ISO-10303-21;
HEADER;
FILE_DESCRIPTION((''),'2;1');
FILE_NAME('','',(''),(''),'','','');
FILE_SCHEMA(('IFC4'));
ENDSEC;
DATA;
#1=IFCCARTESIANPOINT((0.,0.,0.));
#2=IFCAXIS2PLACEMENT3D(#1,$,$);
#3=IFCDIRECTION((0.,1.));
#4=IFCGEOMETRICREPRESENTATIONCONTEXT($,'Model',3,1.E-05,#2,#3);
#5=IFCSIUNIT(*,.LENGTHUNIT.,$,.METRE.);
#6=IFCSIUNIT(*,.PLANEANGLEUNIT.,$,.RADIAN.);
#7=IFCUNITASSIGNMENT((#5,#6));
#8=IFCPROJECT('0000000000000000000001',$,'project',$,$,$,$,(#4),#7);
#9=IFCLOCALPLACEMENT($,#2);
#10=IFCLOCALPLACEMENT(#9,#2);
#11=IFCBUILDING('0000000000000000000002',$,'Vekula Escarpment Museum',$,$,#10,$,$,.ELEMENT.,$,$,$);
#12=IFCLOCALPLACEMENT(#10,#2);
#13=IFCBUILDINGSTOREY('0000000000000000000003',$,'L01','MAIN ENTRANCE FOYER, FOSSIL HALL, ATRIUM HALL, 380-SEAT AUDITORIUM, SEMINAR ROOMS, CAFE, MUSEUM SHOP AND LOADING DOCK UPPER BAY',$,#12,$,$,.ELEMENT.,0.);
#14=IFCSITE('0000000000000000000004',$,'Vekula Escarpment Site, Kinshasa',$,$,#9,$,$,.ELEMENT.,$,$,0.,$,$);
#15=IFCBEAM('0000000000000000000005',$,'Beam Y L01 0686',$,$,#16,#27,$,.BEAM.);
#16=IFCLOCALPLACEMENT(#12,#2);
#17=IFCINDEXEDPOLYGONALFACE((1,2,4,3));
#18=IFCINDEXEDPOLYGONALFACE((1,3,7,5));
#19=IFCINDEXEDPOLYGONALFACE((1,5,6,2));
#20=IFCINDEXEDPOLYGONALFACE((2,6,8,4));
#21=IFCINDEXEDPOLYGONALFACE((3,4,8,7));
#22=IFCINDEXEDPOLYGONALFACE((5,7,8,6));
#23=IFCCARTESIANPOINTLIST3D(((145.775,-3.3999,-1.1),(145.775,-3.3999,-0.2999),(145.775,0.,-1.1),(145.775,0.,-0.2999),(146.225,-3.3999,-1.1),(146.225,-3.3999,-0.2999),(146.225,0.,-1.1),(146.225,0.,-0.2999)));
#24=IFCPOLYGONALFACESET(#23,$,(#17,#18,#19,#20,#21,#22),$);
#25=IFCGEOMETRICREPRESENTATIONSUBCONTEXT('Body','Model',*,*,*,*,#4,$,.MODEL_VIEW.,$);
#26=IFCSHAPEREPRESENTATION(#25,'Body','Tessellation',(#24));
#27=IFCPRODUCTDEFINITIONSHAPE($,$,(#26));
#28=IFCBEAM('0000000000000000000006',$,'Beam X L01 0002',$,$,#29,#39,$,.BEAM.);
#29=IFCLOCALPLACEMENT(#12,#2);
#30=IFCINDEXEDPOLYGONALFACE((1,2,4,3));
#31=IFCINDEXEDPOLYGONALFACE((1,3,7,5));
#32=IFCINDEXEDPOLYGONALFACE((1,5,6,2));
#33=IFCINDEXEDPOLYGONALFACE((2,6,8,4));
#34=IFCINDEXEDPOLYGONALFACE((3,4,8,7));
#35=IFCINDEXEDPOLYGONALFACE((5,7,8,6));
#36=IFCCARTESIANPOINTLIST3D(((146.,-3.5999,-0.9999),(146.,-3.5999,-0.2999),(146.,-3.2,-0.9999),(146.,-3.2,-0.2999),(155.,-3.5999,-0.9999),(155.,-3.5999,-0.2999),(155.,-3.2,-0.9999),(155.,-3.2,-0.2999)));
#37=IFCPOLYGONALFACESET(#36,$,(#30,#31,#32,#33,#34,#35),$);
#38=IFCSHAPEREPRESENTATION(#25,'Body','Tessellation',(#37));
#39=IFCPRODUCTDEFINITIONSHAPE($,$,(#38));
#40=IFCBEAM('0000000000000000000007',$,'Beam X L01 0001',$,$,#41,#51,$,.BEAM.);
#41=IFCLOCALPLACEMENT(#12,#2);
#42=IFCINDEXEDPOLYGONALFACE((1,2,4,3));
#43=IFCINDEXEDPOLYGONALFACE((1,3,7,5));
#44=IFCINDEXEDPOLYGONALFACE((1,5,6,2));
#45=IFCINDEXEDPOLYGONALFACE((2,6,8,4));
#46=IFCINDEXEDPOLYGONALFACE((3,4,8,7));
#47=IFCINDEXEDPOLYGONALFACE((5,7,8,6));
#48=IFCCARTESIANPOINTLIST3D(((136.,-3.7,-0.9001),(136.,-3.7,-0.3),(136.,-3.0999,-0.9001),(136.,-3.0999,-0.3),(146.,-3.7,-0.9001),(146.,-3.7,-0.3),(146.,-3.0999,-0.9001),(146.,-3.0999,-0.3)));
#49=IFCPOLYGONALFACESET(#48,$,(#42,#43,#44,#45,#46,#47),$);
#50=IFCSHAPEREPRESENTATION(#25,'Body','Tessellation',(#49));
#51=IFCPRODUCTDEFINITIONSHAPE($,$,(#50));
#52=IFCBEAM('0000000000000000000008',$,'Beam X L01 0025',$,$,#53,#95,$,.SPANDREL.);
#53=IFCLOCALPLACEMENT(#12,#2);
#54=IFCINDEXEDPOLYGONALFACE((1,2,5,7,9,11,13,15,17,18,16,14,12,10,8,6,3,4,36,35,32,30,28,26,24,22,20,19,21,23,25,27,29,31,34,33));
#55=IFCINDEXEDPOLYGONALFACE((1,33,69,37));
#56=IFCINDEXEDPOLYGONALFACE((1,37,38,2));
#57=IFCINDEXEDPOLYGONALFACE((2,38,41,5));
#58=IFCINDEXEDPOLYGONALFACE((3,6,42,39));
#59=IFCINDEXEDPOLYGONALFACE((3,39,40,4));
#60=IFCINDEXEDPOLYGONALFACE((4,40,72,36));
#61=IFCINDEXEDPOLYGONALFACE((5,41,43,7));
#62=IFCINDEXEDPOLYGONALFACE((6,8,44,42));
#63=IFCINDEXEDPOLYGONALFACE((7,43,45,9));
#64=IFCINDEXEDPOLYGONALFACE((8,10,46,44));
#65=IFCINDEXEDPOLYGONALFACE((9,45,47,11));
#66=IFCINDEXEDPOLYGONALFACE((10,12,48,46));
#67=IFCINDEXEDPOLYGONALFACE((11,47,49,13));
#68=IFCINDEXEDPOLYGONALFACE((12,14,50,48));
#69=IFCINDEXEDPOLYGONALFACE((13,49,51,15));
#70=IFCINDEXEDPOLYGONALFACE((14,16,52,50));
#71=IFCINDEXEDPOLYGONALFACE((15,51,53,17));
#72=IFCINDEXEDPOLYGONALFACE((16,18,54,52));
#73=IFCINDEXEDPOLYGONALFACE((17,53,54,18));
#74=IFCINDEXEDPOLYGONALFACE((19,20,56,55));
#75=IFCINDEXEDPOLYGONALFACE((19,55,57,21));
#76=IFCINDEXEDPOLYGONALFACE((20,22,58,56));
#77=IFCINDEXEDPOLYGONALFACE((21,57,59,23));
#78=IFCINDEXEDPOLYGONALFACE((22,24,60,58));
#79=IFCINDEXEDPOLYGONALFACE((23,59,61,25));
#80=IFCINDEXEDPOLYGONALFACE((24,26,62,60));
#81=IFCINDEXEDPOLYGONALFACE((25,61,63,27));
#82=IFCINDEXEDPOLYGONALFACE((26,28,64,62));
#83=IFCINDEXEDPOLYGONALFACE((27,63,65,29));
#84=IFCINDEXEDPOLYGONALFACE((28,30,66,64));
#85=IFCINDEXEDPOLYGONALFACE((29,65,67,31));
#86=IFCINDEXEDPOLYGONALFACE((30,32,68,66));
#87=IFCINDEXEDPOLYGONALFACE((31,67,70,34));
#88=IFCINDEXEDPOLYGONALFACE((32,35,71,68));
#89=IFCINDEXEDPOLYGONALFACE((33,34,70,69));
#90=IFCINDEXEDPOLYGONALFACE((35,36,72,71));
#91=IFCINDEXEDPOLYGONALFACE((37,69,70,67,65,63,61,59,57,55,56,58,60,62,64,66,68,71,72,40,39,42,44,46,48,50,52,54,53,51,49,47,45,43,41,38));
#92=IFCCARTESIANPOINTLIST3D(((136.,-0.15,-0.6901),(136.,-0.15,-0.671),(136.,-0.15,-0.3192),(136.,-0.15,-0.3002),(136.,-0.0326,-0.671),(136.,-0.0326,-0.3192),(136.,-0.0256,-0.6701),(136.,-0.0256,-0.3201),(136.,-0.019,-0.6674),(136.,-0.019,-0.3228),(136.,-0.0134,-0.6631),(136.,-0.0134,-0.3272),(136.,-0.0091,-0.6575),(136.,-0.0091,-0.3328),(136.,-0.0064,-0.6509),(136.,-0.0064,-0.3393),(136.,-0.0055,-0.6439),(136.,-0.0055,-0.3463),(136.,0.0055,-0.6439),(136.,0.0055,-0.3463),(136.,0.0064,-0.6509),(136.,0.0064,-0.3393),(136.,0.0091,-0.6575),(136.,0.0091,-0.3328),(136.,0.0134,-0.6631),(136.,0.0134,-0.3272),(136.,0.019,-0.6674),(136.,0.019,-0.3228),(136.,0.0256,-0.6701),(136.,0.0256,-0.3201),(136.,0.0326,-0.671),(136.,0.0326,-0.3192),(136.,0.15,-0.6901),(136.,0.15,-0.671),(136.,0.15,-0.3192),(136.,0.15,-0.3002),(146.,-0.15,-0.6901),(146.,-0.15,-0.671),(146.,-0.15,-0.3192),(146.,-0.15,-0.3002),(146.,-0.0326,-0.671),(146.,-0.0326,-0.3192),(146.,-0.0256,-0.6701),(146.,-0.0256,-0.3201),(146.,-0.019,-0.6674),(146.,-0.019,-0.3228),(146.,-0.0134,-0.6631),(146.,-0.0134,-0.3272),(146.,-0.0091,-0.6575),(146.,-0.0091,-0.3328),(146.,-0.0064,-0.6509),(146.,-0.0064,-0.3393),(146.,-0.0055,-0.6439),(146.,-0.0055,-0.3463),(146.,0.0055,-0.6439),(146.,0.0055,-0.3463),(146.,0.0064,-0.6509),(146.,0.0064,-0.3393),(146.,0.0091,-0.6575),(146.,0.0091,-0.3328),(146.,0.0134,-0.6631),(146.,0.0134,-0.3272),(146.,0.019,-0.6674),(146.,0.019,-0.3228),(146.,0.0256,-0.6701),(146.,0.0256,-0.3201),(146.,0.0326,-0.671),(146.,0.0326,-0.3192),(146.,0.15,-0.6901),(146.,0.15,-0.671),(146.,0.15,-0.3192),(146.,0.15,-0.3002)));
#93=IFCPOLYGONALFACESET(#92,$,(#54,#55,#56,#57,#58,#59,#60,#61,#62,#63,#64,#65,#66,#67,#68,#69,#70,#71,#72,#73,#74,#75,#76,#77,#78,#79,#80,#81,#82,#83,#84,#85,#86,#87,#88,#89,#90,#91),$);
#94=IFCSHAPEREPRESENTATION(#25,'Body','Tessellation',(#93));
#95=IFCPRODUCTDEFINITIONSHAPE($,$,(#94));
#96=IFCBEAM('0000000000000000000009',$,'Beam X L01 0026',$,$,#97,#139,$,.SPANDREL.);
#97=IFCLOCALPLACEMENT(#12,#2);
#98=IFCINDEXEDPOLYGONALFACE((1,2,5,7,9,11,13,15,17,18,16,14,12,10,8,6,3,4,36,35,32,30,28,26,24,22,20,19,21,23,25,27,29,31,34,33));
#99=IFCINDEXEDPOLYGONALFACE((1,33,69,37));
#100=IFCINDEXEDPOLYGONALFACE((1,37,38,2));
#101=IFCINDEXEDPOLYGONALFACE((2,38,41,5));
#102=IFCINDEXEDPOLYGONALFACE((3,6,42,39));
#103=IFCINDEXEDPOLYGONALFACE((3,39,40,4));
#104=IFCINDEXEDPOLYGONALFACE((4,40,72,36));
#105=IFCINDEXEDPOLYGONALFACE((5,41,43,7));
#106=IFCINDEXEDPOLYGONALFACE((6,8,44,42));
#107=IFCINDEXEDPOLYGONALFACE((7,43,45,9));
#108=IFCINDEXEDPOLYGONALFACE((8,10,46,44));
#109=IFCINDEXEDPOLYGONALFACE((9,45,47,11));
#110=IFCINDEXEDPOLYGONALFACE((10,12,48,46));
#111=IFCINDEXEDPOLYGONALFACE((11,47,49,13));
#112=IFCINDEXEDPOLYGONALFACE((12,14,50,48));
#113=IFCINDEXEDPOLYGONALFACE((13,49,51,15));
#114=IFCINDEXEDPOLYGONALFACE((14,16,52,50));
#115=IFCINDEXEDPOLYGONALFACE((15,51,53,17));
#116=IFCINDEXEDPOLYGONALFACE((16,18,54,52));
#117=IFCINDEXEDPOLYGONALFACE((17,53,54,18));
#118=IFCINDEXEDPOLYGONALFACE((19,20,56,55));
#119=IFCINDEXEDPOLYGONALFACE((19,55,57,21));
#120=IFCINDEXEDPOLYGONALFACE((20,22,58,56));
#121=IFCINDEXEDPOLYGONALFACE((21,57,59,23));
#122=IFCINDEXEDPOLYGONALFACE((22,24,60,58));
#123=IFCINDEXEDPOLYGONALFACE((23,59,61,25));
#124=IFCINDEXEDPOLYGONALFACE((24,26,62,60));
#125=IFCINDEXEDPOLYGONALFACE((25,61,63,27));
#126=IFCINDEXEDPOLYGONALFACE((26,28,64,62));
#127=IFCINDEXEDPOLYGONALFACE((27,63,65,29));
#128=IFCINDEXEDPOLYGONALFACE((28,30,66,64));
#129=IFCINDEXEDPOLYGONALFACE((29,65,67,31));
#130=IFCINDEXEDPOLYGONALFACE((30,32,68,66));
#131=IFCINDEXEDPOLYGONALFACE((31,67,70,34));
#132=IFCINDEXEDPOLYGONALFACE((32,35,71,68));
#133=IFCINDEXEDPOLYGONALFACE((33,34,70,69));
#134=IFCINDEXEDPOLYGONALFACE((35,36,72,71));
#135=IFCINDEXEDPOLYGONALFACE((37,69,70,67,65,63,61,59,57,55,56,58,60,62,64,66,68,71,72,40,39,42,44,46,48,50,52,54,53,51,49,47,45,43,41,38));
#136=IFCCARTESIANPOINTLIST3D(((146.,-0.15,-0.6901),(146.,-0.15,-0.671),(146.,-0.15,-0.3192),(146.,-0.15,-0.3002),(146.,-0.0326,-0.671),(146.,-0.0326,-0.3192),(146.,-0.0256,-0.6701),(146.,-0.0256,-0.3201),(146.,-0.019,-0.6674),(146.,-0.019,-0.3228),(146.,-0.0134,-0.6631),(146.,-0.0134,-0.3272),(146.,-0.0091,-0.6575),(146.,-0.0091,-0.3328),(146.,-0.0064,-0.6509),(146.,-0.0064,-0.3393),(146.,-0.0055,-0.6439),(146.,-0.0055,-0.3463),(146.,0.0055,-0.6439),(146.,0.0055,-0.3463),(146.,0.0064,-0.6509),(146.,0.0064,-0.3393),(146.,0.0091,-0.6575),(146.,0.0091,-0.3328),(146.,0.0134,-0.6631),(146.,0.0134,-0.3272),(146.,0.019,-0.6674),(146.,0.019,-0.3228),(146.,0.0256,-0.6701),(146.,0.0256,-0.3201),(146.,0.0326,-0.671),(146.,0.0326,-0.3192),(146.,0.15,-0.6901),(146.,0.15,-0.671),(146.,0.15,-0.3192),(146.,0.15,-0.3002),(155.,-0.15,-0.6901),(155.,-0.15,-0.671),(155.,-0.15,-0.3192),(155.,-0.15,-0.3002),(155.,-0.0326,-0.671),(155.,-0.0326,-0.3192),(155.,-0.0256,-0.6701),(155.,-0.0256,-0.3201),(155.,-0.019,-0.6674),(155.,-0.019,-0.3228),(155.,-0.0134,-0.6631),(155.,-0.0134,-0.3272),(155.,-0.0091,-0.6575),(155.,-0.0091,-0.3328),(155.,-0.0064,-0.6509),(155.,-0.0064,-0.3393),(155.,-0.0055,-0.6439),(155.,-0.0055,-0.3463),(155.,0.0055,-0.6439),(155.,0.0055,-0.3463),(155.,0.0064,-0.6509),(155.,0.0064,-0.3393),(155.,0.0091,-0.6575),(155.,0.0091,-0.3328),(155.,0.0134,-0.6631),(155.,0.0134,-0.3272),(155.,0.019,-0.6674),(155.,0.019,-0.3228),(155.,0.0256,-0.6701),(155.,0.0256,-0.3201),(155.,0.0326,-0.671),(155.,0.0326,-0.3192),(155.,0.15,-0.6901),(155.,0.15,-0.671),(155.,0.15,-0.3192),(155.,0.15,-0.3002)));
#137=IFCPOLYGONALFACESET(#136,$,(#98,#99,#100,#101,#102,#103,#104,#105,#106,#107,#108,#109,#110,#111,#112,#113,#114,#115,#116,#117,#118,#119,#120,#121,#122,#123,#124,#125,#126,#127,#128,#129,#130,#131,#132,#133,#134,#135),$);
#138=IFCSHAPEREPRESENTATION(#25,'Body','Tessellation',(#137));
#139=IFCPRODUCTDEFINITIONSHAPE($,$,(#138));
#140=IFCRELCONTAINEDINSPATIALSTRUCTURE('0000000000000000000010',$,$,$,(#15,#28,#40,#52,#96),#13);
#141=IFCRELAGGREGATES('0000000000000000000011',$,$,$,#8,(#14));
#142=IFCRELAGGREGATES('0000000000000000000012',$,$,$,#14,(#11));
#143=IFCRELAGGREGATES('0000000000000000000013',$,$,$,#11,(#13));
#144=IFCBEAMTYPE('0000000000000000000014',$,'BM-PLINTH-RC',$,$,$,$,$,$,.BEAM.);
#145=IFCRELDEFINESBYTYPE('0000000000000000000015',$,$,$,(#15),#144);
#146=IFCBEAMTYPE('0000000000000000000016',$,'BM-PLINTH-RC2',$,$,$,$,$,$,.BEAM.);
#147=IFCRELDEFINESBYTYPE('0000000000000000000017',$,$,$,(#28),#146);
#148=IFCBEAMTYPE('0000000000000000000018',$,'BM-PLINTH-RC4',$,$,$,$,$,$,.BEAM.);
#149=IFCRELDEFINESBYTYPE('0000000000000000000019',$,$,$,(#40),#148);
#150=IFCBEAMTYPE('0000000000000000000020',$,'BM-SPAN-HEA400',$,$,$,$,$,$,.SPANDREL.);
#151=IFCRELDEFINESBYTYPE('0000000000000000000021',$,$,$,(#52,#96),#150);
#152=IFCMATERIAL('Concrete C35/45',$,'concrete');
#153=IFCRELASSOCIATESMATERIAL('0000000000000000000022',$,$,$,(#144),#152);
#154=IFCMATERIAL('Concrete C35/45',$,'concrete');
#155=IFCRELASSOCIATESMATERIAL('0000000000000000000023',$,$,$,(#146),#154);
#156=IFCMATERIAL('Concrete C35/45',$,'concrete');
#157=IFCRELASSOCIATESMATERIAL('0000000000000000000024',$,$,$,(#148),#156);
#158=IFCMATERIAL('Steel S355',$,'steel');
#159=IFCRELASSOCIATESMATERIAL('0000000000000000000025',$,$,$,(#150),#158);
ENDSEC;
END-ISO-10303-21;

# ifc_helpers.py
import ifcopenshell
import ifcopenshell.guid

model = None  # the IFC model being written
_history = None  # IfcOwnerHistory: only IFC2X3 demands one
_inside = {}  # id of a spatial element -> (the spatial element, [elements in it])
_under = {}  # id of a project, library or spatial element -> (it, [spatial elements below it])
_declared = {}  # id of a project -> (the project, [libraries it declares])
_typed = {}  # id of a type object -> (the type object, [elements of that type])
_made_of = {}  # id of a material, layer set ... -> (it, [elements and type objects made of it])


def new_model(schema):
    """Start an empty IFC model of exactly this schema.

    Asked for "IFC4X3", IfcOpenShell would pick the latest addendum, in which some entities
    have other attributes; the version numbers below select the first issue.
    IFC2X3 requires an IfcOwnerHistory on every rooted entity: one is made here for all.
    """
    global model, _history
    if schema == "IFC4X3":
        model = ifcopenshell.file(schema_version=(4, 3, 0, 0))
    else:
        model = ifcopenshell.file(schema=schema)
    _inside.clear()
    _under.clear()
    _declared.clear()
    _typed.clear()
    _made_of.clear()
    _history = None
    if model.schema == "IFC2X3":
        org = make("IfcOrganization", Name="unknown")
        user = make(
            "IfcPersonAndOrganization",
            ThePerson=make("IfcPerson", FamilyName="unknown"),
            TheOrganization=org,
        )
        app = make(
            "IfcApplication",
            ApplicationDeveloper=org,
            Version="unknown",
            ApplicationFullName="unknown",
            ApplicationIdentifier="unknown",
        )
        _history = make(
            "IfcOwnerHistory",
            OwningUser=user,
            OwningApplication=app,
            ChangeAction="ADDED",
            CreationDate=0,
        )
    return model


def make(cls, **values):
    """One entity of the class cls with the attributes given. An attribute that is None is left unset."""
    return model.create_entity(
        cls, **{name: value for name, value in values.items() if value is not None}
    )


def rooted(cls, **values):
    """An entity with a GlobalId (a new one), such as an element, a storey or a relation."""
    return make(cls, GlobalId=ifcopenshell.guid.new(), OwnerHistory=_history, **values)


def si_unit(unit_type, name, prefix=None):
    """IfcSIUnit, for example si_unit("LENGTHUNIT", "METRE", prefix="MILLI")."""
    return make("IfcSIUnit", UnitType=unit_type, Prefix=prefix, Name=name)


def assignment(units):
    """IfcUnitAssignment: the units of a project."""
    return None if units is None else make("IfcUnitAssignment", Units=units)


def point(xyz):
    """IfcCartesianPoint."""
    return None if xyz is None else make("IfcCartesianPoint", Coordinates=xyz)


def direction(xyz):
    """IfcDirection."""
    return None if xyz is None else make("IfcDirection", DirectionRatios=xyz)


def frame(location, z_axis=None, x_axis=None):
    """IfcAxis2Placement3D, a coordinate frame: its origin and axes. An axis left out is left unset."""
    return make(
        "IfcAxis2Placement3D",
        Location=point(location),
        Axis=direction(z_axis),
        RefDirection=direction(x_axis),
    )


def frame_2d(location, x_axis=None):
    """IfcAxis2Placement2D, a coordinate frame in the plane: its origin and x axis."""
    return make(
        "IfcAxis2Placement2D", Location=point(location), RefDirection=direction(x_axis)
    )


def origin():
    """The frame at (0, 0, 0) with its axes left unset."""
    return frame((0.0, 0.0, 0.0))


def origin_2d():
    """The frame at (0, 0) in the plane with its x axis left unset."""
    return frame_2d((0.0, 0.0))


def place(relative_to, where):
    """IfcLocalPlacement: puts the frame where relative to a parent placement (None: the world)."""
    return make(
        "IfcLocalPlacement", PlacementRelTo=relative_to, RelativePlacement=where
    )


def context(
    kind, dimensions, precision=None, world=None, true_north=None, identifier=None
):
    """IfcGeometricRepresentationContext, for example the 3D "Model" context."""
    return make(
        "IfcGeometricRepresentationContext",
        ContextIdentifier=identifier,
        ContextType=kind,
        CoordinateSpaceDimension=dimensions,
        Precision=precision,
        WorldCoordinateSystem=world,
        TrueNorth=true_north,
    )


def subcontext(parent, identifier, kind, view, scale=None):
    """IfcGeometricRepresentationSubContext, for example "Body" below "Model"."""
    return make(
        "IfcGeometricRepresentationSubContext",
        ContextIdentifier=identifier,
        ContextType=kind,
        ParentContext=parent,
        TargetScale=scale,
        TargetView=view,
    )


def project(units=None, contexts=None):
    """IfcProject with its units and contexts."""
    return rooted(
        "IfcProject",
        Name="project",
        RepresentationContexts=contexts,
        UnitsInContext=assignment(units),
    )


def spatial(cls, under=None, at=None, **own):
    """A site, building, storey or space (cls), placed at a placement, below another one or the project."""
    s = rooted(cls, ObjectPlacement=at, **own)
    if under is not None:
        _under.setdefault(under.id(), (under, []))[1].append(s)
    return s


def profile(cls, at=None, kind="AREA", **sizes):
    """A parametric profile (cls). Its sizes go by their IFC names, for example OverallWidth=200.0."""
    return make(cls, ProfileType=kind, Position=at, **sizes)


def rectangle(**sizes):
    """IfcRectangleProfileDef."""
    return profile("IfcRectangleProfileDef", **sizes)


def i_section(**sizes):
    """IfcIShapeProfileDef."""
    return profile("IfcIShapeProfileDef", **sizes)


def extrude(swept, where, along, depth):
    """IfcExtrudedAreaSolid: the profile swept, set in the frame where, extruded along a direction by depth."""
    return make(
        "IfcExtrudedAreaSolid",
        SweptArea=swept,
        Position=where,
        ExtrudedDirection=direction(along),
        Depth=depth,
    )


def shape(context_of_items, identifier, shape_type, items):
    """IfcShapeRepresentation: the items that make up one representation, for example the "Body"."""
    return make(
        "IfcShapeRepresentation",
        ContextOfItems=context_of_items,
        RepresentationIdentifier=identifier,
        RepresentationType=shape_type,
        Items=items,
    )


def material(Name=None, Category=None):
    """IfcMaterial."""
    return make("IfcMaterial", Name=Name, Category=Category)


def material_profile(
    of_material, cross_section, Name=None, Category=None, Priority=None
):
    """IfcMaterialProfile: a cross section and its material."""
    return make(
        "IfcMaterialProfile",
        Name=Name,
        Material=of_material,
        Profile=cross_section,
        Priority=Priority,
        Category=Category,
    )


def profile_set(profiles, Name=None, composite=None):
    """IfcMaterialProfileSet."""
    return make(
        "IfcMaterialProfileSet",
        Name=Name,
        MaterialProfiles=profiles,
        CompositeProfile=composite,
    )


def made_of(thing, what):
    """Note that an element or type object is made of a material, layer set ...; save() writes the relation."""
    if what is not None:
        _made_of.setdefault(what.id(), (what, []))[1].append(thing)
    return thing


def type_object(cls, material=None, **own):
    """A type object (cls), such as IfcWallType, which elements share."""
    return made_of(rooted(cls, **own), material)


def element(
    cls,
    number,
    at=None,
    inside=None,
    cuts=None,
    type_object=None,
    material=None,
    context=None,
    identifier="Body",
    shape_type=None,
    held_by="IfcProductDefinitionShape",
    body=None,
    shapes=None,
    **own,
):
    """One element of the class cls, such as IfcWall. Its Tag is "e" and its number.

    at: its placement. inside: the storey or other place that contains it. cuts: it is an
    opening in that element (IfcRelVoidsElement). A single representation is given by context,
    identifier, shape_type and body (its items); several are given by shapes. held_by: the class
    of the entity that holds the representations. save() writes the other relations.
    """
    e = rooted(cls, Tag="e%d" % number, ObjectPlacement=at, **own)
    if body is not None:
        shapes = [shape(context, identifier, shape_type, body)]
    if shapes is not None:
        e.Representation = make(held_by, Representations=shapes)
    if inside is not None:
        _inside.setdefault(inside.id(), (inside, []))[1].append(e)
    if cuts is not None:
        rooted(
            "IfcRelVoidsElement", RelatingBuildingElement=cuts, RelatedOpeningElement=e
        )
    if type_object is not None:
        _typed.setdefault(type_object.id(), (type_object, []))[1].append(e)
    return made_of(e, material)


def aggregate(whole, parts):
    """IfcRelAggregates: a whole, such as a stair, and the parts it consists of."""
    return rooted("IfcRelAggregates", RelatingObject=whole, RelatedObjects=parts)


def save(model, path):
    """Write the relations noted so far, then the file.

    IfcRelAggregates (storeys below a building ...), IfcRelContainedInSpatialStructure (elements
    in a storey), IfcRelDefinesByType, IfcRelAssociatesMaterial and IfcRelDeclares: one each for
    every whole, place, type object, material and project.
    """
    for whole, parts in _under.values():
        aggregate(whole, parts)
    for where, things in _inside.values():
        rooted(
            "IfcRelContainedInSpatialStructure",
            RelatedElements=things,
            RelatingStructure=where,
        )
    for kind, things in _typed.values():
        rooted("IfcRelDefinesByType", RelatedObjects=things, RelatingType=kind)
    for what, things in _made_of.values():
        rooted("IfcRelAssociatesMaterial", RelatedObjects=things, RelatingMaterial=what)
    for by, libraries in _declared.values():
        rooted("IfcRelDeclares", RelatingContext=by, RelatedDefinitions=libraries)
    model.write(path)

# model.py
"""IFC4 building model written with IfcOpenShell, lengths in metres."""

from ifc_helpers import new_model, si_unit, direction, frame, origin, origin_2d, place, context, subcontext, project, spatial, rectangle, i_section, extrude, material, material_profile, profile_set, type_object, element, save


model = new_model("IFC4")

# Units and contexts
model_context = context("Model", 3, precision=1e-05, world=origin(), true_north=direction((0.0, 1.0)))
body_context = subcontext(model_context, "Body", "Model", "MODEL_VIEW")
ifc_project = project(units=[si_unit("LENGTHUNIT", "METRE"), si_unit("PLANEANGLEUNIT", "RADIAN")], contexts=[model_context])

# Site, building, storey
site_placement = place(None, origin())
site = spatial("IfcSite", under=ifc_project, at=site_placement, Name="Vekula Escarpment Site, Kinshasa", CompositionType="ELEMENT", RefElevation=0.0)
building_placement = place(site_placement, origin())
building = spatial("IfcBuilding", under=site, at=building_placement, Name="Vekula Escarpment Museum", CompositionType="ELEMENT")
storey_placement = place(building_placement, origin())
storey = spatial("IfcBuildingStorey", under=building, at=storey_placement, Name="L01", Description="MAIN ENTRANCE FOYER, FOSSIL HALL, ATRIUM HALL, 380-SEAT AUDITORIUM, SEMINAR ROOMS, CAFE, MUSEUM SHOP AND LOADING DOCK UPPER BAY", CompositionType="ELEMENT", Elevation=0.0)

# Beams
ifc_material_1 = material(Name="Concrete C35/45", Category="concrete")
ifc_material_profile_1 = material_profile(ifc_material_1, rectangle(XDim=0.45, YDim=0.8, at=origin_2d()), Name="RC 450x800")
ifc_profile_set_1 = profile_set([ifc_material_profile_1], Name="Concrete C35/45")
beam_type_1 = type_object("IfcBeamType", Name="BM-PLINTH-RC", PredefinedType="BEAM", material=ifc_profile_set_1)
for number, where, z_axis, x_axis, name in (
    (1, (146.0, -3.3999, -0.7), (0.0, 1.0, 0.0), (-1.0, 0.0, 0.0), "Beam Y L01 0686"),
):
    element("IfcBeam", number, at=place(storey_placement, frame(where, z_axis=z_axis, x_axis=x_axis)), inside=storey, type_object=beam_type_1, Name=name, PredefinedType="BEAM", context=body_context, shape_type="SweptSolid", body=[
        extrude(rectangle(XDim=0.45, YDim=0.8, at=origin_2d()), origin(), (0.0, 0.0, 1.0), 3.3999),
    ])
ifc_material_2 = material(Name="Concrete C35/45", Category="concrete")
ifc_material_profile_2 = material_profile(ifc_material_2, rectangle(XDim=0.3999, YDim=0.7, at=origin_2d()), Name="RC 400x700")
ifc_profile_set_2 = profile_set([ifc_material_profile_2], Name="Concrete C35/45")
beam_type_2 = type_object("IfcBeamType", Name="BM-PLINTH-RC2", PredefinedType="BEAM", material=ifc_profile_set_2)
beam_1_placement = place(storey_placement, frame((146.0, -3.3999, -0.6499), z_axis=(1.0, 0.0, 0.0), x_axis=(0.0, 1.0, 0.0)))
element("IfcBeam", 2, at=beam_1_placement, inside=storey, type_object=beam_type_2, Name="Beam X L01 0002", PredefinedType="BEAM", context=body_context, shape_type="SweptSolid", body=[
    extrude(rectangle(XDim=0.3999, YDim=0.7, at=origin_2d()), origin(), (0.0, 0.0, 1.0), 9.0),
])
ifc_material_3 = material(Name="Concrete C35/45", Category="concrete")
ifc_material_profile_3 = material_profile(ifc_material_3, rectangle(XDim=0.6001, YDim=0.6001, at=origin_2d()), Name="RC 600x600")
ifc_profile_set_3 = profile_set([ifc_material_profile_3], Name="Concrete C35/45")
beam_type_3 = type_object("IfcBeamType", Name="BM-PLINTH-RC4", PredefinedType="BEAM", material=ifc_profile_set_3)
beam_2_placement = place(storey_placement, frame((136.0, -3.3999, -0.6001), z_axis=(1.0, 0.0, 0.0), x_axis=(0.0, 1.0, 0.0)))
element("IfcBeam", 3, at=beam_2_placement, inside=storey, type_object=beam_type_3, Name="Beam X L01 0001", PredefinedType="BEAM", context=body_context, shape_type="SweptSolid", body=[
    extrude(rectangle(XDim=0.6001, YDim=0.6001, at=origin_2d()), origin(), (0.0, 0.0, 1.0), 10.0),
])
ifc_material_4 = material(Name="Steel S355", Category="steel")
ifc_material_profile_4 = material_profile(ifc_material_4, i_section(OverallWidth=0.3, OverallDepth=0.3899, WebThickness=0.011, FlangeThickness=0.019, FilletRadius=0.0271, at=origin_2d()), Name="HEA 400")
ifc_profile_set_4 = profile_set([ifc_material_profile_4], Name="Steel S355")
beam_type_4 = type_object("IfcBeamType", Name="BM-SPAN-HEA400", PredefinedType="SPANDREL", material=ifc_profile_set_4)
beam_3_placement = place(storey_placement, frame((136.0, 0.0, -0.4951), z_axis=(1.0, 0.0, 0.0), x_axis=(0.0, 1.0, 0.0)))
element("IfcBeam", 4, at=beam_3_placement, inside=storey, type_object=beam_type_4, Name="Beam X L01 0025", PredefinedType="SPANDREL", context=body_context, shape_type="SweptSolid", body=[
    extrude(i_section(OverallWidth=0.3, OverallDepth=0.3899, WebThickness=0.011, FlangeThickness=0.019, FilletRadius=0.0271, at=origin_2d()), origin(), (0.0, 0.0, 1.0), 10.0),
])
beam_4_placement = place(storey_placement, frame((146.0, 0.0, -0.4951), z_axis=(1.0, 0.0, 0.0), x_axis=(0.0, 1.0, 0.0)))
element("IfcBeam", 5, at=beam_4_placement, inside=storey, type_object=beam_type_4, Name="Beam X L01 0026", PredefinedType="SPANDREL", context=body_context, shape_type="SweptSolid", body=[
    extrude(i_section(OverallWidth=0.3, OverallDepth=0.3899, WebThickness=0.011, FlangeThickness=0.019, FilletRadius=0.0271, at=origin_2d()), origin(), (0.0, 0.0, 1.0), 9.0),
])

save(model, "model.ifc")
